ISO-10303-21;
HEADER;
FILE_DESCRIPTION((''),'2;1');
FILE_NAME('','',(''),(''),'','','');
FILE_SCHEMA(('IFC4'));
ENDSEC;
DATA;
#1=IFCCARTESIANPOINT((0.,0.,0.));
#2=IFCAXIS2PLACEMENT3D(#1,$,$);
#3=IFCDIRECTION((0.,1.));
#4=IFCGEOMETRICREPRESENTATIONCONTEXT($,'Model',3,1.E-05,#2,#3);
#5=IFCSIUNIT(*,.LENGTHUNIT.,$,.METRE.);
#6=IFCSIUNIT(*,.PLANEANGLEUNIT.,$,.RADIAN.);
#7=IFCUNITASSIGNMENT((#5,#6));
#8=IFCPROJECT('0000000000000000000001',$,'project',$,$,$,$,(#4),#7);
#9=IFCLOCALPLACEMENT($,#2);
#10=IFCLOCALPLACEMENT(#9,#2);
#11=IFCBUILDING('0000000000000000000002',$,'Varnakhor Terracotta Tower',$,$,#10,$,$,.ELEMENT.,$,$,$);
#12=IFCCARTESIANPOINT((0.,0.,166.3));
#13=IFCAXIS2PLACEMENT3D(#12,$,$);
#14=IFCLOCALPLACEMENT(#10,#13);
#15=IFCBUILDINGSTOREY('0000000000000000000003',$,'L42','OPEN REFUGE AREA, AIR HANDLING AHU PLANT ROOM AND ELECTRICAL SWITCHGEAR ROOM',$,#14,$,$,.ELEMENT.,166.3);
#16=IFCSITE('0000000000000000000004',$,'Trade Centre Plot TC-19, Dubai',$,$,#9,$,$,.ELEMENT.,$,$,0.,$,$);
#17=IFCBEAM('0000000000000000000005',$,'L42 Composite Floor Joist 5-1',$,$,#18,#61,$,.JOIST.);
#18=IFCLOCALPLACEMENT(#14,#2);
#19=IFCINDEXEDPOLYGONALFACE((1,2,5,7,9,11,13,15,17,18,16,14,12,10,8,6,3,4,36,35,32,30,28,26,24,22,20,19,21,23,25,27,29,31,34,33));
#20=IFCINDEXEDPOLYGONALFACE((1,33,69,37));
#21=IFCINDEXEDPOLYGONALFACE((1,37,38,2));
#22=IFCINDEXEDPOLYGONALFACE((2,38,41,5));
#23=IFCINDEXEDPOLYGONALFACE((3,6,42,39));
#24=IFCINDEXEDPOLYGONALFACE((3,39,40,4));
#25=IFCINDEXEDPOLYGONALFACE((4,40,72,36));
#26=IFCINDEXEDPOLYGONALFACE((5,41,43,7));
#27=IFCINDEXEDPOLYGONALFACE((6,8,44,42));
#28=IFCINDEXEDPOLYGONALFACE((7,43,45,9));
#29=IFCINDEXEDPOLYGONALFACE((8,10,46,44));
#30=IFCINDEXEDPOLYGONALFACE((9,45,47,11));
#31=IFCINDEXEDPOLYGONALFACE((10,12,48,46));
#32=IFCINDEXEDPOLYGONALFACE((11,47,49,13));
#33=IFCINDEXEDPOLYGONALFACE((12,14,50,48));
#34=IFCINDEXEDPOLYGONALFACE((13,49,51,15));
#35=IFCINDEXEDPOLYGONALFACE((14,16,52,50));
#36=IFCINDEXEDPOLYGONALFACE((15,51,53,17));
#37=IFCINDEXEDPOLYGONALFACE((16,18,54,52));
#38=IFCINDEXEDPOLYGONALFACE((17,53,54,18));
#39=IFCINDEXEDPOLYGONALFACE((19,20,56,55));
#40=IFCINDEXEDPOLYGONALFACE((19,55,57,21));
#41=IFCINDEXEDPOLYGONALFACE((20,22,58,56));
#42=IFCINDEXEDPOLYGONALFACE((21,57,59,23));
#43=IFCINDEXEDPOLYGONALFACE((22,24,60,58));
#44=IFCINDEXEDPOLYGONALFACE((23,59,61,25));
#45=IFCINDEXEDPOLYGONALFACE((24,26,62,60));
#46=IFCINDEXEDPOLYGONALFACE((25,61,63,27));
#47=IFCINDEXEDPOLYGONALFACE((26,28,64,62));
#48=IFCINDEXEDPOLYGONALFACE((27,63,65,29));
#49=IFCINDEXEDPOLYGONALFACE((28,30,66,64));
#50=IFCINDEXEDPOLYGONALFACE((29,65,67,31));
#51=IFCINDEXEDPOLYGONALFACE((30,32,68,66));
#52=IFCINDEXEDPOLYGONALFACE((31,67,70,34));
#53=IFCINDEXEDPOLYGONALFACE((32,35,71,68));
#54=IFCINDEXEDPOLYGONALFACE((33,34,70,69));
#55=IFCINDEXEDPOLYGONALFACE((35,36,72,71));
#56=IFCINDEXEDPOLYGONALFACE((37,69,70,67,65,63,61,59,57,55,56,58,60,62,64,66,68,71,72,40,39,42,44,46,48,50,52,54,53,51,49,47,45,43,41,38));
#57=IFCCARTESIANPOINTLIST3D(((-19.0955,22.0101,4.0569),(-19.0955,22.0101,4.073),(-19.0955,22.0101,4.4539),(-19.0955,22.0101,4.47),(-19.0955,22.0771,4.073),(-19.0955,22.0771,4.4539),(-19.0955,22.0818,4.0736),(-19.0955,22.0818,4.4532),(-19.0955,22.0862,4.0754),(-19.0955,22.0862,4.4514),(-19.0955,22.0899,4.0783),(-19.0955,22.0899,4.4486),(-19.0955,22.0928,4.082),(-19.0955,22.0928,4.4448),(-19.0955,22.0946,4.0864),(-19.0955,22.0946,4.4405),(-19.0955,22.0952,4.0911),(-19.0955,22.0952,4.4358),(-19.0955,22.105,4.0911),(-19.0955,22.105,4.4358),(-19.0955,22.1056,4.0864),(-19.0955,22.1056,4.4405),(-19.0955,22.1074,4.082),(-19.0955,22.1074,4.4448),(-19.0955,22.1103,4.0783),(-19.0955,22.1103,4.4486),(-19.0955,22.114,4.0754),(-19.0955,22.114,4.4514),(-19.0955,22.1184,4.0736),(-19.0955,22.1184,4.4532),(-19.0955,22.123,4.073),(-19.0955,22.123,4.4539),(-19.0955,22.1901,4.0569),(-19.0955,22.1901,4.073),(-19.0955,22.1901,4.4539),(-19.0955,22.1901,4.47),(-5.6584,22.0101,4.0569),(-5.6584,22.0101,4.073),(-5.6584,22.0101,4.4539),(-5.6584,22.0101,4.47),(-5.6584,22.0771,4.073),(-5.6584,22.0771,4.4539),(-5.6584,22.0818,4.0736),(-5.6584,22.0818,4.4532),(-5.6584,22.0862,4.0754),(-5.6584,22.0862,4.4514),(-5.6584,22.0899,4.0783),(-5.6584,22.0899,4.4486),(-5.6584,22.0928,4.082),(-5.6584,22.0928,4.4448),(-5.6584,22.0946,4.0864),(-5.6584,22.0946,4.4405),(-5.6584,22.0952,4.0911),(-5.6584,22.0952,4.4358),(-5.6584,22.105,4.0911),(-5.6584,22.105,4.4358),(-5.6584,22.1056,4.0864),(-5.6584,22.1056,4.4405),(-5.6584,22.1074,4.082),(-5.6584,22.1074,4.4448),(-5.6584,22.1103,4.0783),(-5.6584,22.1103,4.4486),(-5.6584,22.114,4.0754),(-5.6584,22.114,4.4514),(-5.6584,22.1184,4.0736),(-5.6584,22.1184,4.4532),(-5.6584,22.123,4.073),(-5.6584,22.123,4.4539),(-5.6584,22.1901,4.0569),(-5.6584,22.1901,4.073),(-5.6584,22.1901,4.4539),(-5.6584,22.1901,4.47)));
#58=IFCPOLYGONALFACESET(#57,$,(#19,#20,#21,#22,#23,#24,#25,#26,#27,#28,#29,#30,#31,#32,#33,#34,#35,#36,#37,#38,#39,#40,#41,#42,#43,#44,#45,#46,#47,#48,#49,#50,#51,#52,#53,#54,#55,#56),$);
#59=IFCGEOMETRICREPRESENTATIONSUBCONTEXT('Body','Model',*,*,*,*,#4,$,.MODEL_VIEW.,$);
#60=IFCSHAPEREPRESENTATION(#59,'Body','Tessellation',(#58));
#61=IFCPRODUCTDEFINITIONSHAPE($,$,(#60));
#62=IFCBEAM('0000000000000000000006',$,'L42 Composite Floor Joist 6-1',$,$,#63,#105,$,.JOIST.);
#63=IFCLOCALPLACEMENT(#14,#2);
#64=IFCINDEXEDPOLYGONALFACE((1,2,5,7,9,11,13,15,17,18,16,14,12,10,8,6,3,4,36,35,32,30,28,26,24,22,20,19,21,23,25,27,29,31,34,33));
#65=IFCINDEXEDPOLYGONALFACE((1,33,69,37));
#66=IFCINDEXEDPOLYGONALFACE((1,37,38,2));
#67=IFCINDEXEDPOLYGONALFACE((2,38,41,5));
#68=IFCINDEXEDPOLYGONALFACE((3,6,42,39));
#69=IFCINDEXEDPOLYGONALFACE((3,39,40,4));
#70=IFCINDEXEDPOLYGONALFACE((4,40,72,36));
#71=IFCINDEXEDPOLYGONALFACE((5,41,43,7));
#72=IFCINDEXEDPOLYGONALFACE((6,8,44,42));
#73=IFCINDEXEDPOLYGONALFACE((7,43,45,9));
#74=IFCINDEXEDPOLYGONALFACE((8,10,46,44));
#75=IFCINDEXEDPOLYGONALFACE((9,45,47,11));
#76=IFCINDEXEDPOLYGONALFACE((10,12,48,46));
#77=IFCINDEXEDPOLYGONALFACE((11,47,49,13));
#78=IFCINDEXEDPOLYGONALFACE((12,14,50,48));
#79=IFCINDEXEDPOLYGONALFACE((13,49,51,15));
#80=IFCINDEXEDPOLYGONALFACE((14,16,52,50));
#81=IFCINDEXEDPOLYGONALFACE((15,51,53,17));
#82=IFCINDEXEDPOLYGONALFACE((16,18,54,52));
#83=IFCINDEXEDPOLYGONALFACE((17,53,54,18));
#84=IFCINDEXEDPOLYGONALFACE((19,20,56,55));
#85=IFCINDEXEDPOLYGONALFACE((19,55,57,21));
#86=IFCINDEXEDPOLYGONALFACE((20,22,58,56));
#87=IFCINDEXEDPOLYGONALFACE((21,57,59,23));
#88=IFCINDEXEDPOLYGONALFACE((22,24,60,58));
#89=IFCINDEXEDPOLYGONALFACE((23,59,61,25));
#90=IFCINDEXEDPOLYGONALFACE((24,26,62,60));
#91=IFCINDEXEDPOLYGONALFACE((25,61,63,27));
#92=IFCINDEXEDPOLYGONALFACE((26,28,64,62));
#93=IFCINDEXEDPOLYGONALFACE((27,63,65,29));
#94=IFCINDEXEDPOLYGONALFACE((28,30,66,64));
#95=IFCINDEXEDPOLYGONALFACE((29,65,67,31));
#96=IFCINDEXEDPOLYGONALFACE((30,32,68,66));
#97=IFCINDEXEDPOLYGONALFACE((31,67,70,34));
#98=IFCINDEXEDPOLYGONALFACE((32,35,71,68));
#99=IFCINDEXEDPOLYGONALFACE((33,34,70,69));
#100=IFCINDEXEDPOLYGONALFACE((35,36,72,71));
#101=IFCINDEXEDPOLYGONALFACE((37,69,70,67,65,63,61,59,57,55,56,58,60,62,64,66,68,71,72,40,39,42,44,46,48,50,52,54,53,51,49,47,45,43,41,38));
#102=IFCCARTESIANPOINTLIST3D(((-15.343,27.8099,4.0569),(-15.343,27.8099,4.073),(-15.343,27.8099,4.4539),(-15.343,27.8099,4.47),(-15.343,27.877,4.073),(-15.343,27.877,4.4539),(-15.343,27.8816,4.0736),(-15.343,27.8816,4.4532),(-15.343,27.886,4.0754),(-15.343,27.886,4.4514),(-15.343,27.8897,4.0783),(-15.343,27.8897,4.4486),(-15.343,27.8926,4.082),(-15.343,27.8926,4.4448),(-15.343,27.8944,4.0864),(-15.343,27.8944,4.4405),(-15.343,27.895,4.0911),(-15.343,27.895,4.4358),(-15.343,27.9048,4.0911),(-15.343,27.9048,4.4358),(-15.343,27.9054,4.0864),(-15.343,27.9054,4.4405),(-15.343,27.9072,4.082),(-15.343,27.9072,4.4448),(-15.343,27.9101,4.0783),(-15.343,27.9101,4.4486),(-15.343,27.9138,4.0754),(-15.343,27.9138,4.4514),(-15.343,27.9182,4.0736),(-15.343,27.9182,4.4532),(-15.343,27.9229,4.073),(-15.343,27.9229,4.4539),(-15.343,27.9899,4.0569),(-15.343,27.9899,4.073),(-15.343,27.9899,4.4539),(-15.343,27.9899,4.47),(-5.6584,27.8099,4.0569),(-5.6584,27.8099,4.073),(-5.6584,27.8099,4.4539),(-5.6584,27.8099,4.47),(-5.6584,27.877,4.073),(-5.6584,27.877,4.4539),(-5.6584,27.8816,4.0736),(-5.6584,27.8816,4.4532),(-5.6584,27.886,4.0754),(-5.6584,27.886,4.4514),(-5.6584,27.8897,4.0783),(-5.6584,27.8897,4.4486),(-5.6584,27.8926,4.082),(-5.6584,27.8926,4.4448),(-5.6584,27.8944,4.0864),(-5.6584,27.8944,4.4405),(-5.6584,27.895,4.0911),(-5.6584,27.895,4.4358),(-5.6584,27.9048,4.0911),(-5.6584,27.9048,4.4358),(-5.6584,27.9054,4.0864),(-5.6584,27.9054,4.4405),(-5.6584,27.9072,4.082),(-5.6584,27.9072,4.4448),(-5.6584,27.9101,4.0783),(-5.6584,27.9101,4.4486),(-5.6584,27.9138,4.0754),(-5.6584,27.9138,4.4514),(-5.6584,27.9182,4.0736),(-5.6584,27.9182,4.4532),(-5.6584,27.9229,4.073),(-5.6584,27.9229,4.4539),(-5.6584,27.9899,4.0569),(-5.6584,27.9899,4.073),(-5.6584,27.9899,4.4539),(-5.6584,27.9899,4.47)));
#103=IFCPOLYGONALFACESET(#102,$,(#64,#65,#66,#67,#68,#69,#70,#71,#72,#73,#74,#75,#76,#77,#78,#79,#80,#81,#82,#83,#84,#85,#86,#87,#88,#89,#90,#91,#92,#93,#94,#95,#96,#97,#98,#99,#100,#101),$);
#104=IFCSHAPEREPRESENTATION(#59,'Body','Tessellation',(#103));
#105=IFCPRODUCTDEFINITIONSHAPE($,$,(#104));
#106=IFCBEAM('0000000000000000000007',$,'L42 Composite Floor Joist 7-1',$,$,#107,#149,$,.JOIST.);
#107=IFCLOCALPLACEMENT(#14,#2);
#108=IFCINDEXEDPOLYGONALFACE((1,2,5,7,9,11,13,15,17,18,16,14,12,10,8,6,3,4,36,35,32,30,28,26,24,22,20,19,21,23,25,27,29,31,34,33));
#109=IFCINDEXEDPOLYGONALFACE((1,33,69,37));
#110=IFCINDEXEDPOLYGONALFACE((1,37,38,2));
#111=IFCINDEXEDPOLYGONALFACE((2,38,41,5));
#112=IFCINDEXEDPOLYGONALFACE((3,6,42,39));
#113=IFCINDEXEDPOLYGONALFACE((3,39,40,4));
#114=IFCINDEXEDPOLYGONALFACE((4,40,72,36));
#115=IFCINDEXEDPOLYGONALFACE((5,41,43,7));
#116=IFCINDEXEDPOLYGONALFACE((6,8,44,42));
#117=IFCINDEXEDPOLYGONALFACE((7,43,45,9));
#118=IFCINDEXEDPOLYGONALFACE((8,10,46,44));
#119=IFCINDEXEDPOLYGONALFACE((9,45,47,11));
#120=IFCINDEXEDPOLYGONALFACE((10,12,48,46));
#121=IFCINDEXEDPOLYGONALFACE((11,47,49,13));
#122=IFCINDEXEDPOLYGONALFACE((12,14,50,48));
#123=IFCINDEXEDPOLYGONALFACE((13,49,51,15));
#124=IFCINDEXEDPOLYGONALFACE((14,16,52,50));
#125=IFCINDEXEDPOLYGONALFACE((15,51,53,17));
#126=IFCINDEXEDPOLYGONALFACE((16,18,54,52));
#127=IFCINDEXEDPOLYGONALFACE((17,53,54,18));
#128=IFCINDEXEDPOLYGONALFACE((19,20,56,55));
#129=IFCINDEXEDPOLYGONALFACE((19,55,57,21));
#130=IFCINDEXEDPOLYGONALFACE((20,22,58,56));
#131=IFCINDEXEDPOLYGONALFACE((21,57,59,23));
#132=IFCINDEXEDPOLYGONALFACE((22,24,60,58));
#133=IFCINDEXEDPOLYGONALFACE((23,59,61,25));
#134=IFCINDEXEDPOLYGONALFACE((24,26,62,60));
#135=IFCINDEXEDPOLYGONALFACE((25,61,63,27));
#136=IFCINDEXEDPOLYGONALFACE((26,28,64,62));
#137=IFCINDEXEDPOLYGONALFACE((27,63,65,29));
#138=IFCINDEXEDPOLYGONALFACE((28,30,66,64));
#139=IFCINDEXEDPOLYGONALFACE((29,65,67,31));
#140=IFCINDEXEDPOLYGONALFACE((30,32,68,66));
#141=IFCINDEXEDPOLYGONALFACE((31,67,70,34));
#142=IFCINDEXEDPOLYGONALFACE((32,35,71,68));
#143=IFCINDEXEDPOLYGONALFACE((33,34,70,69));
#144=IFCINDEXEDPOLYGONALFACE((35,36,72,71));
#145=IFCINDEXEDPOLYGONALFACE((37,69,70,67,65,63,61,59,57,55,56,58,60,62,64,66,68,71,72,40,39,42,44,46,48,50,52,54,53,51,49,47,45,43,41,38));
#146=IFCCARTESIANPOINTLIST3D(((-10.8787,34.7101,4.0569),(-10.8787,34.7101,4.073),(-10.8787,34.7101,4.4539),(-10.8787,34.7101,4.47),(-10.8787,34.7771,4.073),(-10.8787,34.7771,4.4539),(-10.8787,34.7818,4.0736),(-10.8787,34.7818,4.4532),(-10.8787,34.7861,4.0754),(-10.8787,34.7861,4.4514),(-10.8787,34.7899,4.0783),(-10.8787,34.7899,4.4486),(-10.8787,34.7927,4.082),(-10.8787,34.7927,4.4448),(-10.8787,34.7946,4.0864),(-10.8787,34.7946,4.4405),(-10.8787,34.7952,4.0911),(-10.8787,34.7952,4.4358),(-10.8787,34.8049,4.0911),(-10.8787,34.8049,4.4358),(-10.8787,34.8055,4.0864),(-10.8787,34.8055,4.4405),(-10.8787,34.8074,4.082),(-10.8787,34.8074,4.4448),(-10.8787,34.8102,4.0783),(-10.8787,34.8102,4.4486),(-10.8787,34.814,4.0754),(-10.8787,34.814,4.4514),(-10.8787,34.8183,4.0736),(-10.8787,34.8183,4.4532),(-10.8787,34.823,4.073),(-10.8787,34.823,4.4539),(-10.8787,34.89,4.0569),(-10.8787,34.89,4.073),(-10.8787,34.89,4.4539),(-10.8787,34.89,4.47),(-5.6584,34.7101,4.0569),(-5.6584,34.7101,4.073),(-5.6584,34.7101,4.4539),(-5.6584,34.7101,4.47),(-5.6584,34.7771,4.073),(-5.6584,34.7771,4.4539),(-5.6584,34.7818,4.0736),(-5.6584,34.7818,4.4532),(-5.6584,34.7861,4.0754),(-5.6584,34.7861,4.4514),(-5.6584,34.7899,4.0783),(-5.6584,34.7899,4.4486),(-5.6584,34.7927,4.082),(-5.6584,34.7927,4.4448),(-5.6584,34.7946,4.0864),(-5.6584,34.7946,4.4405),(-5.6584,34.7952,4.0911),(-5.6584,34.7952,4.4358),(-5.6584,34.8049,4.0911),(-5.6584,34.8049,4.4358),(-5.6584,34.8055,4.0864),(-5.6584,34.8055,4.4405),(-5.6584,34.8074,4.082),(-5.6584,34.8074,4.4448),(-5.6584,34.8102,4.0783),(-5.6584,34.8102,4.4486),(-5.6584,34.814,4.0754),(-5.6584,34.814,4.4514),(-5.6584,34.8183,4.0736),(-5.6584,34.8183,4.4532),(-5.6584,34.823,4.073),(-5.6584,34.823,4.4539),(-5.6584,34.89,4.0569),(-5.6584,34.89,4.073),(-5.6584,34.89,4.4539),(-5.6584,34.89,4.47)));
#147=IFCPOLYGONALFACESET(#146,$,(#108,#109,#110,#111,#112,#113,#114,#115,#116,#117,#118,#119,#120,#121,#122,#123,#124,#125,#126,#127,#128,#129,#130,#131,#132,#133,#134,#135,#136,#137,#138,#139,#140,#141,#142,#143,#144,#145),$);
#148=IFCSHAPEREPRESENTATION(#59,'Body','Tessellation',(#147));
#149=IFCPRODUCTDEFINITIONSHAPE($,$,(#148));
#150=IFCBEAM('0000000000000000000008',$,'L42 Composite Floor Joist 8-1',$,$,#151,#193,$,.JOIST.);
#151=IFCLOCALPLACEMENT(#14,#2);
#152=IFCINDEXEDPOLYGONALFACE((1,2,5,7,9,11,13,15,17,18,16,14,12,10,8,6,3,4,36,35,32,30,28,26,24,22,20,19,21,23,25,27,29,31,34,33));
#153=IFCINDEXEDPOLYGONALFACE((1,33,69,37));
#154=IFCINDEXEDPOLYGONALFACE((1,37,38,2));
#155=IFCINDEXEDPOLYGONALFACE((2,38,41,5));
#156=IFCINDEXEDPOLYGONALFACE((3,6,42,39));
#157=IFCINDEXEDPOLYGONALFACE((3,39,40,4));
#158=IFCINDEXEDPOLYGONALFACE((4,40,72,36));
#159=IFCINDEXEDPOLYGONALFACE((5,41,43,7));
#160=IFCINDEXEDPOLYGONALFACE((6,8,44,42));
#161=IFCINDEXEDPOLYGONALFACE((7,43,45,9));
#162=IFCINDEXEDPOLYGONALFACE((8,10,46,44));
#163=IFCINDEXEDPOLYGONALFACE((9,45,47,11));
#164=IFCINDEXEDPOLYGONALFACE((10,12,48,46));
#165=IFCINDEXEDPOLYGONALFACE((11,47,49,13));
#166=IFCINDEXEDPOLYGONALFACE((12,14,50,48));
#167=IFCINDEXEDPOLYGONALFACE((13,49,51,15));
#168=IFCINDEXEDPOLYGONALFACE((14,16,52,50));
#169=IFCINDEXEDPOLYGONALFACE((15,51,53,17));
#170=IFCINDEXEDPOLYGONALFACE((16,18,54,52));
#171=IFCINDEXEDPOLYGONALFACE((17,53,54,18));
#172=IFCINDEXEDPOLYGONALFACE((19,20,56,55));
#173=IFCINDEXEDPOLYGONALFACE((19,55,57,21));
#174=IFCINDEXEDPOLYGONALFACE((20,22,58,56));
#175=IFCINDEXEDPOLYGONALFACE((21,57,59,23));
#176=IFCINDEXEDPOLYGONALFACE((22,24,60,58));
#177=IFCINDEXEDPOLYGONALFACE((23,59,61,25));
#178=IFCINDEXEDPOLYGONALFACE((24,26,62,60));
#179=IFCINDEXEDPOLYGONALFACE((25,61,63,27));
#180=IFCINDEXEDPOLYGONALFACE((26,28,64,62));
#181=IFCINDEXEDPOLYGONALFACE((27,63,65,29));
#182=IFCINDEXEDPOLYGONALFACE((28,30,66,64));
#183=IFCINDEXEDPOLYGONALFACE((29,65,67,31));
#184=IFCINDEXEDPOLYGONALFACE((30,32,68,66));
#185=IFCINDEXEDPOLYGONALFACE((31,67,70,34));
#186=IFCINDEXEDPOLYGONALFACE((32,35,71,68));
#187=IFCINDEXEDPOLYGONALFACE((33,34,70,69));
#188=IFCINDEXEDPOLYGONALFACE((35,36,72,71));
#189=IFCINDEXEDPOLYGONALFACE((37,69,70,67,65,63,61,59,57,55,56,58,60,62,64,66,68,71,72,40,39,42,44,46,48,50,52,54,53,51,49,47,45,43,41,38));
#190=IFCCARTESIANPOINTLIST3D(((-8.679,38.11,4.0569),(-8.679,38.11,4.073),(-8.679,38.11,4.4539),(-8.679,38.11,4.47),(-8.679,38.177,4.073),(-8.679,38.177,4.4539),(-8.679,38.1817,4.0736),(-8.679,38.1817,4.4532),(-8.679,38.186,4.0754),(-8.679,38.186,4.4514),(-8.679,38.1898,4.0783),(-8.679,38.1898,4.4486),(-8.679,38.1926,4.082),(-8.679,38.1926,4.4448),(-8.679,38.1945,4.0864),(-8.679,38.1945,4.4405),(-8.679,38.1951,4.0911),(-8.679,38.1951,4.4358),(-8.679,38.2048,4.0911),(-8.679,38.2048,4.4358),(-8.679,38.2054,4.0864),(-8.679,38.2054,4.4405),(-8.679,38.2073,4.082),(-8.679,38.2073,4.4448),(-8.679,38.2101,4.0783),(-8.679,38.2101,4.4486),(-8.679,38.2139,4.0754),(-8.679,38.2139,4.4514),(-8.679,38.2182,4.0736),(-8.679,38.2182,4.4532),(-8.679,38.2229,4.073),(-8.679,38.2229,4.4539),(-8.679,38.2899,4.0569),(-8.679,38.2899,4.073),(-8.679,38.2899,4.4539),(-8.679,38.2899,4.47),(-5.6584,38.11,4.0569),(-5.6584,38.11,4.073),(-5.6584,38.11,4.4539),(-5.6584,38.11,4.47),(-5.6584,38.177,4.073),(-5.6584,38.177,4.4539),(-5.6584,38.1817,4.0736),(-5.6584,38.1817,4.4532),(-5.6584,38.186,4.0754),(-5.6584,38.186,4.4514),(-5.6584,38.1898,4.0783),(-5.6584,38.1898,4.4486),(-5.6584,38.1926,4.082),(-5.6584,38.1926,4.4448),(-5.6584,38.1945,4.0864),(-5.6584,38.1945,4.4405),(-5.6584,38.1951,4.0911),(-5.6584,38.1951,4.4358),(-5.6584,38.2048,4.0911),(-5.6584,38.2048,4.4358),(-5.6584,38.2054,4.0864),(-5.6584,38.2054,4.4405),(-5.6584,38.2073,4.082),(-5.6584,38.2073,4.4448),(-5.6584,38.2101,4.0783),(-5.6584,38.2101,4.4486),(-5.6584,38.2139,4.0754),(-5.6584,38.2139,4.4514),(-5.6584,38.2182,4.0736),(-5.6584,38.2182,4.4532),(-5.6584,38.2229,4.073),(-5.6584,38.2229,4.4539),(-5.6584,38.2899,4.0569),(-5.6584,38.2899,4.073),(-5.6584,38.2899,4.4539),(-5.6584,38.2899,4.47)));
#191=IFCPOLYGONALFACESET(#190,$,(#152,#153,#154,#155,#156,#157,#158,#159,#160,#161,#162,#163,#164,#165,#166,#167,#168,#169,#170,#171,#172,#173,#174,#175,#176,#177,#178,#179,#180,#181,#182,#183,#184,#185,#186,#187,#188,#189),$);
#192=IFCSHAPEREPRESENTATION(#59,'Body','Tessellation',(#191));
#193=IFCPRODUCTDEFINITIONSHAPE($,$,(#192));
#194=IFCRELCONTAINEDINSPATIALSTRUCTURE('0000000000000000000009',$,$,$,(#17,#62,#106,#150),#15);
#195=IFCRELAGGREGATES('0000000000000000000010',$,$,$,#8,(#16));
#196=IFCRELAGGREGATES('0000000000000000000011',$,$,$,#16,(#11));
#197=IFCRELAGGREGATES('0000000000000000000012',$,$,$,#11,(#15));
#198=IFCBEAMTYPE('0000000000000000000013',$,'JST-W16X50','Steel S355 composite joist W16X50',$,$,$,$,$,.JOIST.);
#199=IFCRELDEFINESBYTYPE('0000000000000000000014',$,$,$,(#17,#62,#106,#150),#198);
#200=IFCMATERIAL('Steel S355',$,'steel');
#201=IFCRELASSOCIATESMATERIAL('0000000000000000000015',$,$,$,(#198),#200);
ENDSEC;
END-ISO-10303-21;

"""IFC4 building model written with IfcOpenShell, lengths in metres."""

from ifc_helpers import new_model, si_unit, direction, frame, origin, origin_2d, place, context, subcontext, project, spatial, i_section, extrude, source, transform, mapped, material, material_profile, profile_set, type_object, element, save


model = new_model("IFC4")

# Units and contexts
model_context = context("Model", 3, precision=1e-05, world=origin(), true_north=direction((0.0, 1.0)))
body_context = subcontext(model_context, "Body", "Model", "MODEL_VIEW")
ifc_project = project(units=[si_unit("LENGTHUNIT", "METRE"), si_unit("PLANEANGLEUNIT", "RADIAN")], contexts=[model_context])

# Site, building, storey
site_placement = place(None, origin())
site = spatial("IfcSite", under=ifc_project, at=site_placement, Name="Trade Centre Plot TC-19, Dubai", CompositionType="ELEMENT", RefElevation=0.0)
building_placement = place(site_placement, origin())
building = spatial("IfcBuilding", under=site, at=building_placement, Name="Varnakhor Terracotta Tower", CompositionType="ELEMENT")
storey_placement = place(building_placement, frame((0.0, 0.0, 166.3)))
storey = spatial("IfcBuildingStorey", under=building, at=storey_placement, Name="L42", Description="OPEN REFUGE AREA, AIR HANDLING AHU PLANT ROOM AND ELECTRICAL SWITCHGEAR ROOM", CompositionType="ELEMENT", Elevation=166.3)

# Beams
ifc_material_1 = material(Name="Steel S355", Category="steel")
ifc_material_profile_1 = material_profile(ifc_material_1, i_section(OverallWidth=0.1799, OverallDepth=0.4131, WebThickness=0.0098, FlangeThickness=0.0161, FilletRadius=0.0181, at=origin_2d()), Name="W16X50")
ifc_profile_set_1 = profile_set([ifc_material_profile_1], Name="Steel S355")
beam_type_1 = type_object("IfcBeamType", Name="JST-W16X50", Description="Steel S355 composite joist W16X50", PredefinedType="JOIST", material=ifc_profile_set_1)
shared_shape_1 = source(origin(), body_context, "Body", "SweptSolid", [
    extrude(i_section(OverallWidth=0.1799, OverallDepth=0.4131, WebThickness=0.0098, FlangeThickness=0.0161, FilletRadius=0.0181, at=origin_2d()), origin(), (0.0, 0.0, 1.0), 13.437),
])
beam_1_placement = place(storey_placement, frame((-19.0955, 22.1001, 4.2634), z_axis=(1.0, 0.0, 0.0), x_axis=(0.0, 1.0, 0.0)))
element("IfcBeam", 1, at=beam_1_placement, inside=storey, type_object=beam_type_1, Name="L42 Composite Floor Joist 5-1", PredefinedType="JOIST", context=body_context, shape_type="MappedRepresentation", body=[
    mapped(shared_shape_1, transform((0.0, 0.0, 0.0), scale=1.0)),
])
shared_shape_2 = source(origin(), body_context, "Body", "SweptSolid", [
    extrude(i_section(OverallWidth=0.1799, OverallDepth=0.4131, WebThickness=0.0098, FlangeThickness=0.0161, FilletRadius=0.0181, at=origin_2d()), origin(), (0.0, 0.0, 1.0), 9.6846),
])
beam_2_placement = place(storey_placement, frame((-15.343, 27.8999, 4.2634), z_axis=(1.0, 0.0, 0.0), x_axis=(0.0, 1.0, 0.0)))
element("IfcBeam", 2, at=beam_2_placement, inside=storey, type_object=beam_type_1, Name="L42 Composite Floor Joist 6-1", PredefinedType="JOIST", context=body_context, shape_type="MappedRepresentation", body=[
    mapped(shared_shape_2, transform((0.0, 0.0, 0.0), scale=1.0)),
])
shared_shape_3 = source(origin(), body_context, "Body", "SweptSolid", [
    extrude(i_section(OverallWidth=0.1799, OverallDepth=0.4131, WebThickness=0.0098, FlangeThickness=0.0161, FilletRadius=0.0181, at=origin_2d()), origin(), (0.0, 0.0, 1.0), 5.2202),
])
beam_3_placement = place(storey_placement, frame((-10.8787, 34.8, 4.2634), z_axis=(1.0, 0.0, 0.0), x_axis=(0.0, 1.0, 0.0)))
element("IfcBeam", 3, at=beam_3_placement, inside=storey, type_object=beam_type_1, Name="L42 Composite Floor Joist 7-1", PredefinedType="JOIST", context=body_context, shape_type="MappedRepresentation", body=[
    mapped(shared_shape_3, transform((0.0, 0.0, 0.0), scale=1.0)),
])
shared_shape_4 = source(origin(), body_context, "Body", "SweptSolid", [
    extrude(i_section(OverallWidth=0.1799, OverallDepth=0.4131, WebThickness=0.0098, FlangeThickness=0.0161, FilletRadius=0.0181, at=origin_2d()), origin(), (0.0, 0.0, 1.0), 3.0205),
])
beam_4_placement = place(storey_placement, frame((-8.679, 38.2, 4.2634), z_axis=(1.0, 0.0, 0.0), x_axis=(0.0, 1.0, 0.0)))
element("IfcBeam", 4, at=beam_4_placement, inside=storey, type_object=beam_type_1, Name="L42 Composite Floor Joist 8-1", PredefinedType="JOIST", context=body_context, shape_type="MappedRepresentation", body=[
    mapped(shared_shape_4, transform((0.0, 0.0, 0.0), scale=1.0)),
])

save(model, "model.ifc")
